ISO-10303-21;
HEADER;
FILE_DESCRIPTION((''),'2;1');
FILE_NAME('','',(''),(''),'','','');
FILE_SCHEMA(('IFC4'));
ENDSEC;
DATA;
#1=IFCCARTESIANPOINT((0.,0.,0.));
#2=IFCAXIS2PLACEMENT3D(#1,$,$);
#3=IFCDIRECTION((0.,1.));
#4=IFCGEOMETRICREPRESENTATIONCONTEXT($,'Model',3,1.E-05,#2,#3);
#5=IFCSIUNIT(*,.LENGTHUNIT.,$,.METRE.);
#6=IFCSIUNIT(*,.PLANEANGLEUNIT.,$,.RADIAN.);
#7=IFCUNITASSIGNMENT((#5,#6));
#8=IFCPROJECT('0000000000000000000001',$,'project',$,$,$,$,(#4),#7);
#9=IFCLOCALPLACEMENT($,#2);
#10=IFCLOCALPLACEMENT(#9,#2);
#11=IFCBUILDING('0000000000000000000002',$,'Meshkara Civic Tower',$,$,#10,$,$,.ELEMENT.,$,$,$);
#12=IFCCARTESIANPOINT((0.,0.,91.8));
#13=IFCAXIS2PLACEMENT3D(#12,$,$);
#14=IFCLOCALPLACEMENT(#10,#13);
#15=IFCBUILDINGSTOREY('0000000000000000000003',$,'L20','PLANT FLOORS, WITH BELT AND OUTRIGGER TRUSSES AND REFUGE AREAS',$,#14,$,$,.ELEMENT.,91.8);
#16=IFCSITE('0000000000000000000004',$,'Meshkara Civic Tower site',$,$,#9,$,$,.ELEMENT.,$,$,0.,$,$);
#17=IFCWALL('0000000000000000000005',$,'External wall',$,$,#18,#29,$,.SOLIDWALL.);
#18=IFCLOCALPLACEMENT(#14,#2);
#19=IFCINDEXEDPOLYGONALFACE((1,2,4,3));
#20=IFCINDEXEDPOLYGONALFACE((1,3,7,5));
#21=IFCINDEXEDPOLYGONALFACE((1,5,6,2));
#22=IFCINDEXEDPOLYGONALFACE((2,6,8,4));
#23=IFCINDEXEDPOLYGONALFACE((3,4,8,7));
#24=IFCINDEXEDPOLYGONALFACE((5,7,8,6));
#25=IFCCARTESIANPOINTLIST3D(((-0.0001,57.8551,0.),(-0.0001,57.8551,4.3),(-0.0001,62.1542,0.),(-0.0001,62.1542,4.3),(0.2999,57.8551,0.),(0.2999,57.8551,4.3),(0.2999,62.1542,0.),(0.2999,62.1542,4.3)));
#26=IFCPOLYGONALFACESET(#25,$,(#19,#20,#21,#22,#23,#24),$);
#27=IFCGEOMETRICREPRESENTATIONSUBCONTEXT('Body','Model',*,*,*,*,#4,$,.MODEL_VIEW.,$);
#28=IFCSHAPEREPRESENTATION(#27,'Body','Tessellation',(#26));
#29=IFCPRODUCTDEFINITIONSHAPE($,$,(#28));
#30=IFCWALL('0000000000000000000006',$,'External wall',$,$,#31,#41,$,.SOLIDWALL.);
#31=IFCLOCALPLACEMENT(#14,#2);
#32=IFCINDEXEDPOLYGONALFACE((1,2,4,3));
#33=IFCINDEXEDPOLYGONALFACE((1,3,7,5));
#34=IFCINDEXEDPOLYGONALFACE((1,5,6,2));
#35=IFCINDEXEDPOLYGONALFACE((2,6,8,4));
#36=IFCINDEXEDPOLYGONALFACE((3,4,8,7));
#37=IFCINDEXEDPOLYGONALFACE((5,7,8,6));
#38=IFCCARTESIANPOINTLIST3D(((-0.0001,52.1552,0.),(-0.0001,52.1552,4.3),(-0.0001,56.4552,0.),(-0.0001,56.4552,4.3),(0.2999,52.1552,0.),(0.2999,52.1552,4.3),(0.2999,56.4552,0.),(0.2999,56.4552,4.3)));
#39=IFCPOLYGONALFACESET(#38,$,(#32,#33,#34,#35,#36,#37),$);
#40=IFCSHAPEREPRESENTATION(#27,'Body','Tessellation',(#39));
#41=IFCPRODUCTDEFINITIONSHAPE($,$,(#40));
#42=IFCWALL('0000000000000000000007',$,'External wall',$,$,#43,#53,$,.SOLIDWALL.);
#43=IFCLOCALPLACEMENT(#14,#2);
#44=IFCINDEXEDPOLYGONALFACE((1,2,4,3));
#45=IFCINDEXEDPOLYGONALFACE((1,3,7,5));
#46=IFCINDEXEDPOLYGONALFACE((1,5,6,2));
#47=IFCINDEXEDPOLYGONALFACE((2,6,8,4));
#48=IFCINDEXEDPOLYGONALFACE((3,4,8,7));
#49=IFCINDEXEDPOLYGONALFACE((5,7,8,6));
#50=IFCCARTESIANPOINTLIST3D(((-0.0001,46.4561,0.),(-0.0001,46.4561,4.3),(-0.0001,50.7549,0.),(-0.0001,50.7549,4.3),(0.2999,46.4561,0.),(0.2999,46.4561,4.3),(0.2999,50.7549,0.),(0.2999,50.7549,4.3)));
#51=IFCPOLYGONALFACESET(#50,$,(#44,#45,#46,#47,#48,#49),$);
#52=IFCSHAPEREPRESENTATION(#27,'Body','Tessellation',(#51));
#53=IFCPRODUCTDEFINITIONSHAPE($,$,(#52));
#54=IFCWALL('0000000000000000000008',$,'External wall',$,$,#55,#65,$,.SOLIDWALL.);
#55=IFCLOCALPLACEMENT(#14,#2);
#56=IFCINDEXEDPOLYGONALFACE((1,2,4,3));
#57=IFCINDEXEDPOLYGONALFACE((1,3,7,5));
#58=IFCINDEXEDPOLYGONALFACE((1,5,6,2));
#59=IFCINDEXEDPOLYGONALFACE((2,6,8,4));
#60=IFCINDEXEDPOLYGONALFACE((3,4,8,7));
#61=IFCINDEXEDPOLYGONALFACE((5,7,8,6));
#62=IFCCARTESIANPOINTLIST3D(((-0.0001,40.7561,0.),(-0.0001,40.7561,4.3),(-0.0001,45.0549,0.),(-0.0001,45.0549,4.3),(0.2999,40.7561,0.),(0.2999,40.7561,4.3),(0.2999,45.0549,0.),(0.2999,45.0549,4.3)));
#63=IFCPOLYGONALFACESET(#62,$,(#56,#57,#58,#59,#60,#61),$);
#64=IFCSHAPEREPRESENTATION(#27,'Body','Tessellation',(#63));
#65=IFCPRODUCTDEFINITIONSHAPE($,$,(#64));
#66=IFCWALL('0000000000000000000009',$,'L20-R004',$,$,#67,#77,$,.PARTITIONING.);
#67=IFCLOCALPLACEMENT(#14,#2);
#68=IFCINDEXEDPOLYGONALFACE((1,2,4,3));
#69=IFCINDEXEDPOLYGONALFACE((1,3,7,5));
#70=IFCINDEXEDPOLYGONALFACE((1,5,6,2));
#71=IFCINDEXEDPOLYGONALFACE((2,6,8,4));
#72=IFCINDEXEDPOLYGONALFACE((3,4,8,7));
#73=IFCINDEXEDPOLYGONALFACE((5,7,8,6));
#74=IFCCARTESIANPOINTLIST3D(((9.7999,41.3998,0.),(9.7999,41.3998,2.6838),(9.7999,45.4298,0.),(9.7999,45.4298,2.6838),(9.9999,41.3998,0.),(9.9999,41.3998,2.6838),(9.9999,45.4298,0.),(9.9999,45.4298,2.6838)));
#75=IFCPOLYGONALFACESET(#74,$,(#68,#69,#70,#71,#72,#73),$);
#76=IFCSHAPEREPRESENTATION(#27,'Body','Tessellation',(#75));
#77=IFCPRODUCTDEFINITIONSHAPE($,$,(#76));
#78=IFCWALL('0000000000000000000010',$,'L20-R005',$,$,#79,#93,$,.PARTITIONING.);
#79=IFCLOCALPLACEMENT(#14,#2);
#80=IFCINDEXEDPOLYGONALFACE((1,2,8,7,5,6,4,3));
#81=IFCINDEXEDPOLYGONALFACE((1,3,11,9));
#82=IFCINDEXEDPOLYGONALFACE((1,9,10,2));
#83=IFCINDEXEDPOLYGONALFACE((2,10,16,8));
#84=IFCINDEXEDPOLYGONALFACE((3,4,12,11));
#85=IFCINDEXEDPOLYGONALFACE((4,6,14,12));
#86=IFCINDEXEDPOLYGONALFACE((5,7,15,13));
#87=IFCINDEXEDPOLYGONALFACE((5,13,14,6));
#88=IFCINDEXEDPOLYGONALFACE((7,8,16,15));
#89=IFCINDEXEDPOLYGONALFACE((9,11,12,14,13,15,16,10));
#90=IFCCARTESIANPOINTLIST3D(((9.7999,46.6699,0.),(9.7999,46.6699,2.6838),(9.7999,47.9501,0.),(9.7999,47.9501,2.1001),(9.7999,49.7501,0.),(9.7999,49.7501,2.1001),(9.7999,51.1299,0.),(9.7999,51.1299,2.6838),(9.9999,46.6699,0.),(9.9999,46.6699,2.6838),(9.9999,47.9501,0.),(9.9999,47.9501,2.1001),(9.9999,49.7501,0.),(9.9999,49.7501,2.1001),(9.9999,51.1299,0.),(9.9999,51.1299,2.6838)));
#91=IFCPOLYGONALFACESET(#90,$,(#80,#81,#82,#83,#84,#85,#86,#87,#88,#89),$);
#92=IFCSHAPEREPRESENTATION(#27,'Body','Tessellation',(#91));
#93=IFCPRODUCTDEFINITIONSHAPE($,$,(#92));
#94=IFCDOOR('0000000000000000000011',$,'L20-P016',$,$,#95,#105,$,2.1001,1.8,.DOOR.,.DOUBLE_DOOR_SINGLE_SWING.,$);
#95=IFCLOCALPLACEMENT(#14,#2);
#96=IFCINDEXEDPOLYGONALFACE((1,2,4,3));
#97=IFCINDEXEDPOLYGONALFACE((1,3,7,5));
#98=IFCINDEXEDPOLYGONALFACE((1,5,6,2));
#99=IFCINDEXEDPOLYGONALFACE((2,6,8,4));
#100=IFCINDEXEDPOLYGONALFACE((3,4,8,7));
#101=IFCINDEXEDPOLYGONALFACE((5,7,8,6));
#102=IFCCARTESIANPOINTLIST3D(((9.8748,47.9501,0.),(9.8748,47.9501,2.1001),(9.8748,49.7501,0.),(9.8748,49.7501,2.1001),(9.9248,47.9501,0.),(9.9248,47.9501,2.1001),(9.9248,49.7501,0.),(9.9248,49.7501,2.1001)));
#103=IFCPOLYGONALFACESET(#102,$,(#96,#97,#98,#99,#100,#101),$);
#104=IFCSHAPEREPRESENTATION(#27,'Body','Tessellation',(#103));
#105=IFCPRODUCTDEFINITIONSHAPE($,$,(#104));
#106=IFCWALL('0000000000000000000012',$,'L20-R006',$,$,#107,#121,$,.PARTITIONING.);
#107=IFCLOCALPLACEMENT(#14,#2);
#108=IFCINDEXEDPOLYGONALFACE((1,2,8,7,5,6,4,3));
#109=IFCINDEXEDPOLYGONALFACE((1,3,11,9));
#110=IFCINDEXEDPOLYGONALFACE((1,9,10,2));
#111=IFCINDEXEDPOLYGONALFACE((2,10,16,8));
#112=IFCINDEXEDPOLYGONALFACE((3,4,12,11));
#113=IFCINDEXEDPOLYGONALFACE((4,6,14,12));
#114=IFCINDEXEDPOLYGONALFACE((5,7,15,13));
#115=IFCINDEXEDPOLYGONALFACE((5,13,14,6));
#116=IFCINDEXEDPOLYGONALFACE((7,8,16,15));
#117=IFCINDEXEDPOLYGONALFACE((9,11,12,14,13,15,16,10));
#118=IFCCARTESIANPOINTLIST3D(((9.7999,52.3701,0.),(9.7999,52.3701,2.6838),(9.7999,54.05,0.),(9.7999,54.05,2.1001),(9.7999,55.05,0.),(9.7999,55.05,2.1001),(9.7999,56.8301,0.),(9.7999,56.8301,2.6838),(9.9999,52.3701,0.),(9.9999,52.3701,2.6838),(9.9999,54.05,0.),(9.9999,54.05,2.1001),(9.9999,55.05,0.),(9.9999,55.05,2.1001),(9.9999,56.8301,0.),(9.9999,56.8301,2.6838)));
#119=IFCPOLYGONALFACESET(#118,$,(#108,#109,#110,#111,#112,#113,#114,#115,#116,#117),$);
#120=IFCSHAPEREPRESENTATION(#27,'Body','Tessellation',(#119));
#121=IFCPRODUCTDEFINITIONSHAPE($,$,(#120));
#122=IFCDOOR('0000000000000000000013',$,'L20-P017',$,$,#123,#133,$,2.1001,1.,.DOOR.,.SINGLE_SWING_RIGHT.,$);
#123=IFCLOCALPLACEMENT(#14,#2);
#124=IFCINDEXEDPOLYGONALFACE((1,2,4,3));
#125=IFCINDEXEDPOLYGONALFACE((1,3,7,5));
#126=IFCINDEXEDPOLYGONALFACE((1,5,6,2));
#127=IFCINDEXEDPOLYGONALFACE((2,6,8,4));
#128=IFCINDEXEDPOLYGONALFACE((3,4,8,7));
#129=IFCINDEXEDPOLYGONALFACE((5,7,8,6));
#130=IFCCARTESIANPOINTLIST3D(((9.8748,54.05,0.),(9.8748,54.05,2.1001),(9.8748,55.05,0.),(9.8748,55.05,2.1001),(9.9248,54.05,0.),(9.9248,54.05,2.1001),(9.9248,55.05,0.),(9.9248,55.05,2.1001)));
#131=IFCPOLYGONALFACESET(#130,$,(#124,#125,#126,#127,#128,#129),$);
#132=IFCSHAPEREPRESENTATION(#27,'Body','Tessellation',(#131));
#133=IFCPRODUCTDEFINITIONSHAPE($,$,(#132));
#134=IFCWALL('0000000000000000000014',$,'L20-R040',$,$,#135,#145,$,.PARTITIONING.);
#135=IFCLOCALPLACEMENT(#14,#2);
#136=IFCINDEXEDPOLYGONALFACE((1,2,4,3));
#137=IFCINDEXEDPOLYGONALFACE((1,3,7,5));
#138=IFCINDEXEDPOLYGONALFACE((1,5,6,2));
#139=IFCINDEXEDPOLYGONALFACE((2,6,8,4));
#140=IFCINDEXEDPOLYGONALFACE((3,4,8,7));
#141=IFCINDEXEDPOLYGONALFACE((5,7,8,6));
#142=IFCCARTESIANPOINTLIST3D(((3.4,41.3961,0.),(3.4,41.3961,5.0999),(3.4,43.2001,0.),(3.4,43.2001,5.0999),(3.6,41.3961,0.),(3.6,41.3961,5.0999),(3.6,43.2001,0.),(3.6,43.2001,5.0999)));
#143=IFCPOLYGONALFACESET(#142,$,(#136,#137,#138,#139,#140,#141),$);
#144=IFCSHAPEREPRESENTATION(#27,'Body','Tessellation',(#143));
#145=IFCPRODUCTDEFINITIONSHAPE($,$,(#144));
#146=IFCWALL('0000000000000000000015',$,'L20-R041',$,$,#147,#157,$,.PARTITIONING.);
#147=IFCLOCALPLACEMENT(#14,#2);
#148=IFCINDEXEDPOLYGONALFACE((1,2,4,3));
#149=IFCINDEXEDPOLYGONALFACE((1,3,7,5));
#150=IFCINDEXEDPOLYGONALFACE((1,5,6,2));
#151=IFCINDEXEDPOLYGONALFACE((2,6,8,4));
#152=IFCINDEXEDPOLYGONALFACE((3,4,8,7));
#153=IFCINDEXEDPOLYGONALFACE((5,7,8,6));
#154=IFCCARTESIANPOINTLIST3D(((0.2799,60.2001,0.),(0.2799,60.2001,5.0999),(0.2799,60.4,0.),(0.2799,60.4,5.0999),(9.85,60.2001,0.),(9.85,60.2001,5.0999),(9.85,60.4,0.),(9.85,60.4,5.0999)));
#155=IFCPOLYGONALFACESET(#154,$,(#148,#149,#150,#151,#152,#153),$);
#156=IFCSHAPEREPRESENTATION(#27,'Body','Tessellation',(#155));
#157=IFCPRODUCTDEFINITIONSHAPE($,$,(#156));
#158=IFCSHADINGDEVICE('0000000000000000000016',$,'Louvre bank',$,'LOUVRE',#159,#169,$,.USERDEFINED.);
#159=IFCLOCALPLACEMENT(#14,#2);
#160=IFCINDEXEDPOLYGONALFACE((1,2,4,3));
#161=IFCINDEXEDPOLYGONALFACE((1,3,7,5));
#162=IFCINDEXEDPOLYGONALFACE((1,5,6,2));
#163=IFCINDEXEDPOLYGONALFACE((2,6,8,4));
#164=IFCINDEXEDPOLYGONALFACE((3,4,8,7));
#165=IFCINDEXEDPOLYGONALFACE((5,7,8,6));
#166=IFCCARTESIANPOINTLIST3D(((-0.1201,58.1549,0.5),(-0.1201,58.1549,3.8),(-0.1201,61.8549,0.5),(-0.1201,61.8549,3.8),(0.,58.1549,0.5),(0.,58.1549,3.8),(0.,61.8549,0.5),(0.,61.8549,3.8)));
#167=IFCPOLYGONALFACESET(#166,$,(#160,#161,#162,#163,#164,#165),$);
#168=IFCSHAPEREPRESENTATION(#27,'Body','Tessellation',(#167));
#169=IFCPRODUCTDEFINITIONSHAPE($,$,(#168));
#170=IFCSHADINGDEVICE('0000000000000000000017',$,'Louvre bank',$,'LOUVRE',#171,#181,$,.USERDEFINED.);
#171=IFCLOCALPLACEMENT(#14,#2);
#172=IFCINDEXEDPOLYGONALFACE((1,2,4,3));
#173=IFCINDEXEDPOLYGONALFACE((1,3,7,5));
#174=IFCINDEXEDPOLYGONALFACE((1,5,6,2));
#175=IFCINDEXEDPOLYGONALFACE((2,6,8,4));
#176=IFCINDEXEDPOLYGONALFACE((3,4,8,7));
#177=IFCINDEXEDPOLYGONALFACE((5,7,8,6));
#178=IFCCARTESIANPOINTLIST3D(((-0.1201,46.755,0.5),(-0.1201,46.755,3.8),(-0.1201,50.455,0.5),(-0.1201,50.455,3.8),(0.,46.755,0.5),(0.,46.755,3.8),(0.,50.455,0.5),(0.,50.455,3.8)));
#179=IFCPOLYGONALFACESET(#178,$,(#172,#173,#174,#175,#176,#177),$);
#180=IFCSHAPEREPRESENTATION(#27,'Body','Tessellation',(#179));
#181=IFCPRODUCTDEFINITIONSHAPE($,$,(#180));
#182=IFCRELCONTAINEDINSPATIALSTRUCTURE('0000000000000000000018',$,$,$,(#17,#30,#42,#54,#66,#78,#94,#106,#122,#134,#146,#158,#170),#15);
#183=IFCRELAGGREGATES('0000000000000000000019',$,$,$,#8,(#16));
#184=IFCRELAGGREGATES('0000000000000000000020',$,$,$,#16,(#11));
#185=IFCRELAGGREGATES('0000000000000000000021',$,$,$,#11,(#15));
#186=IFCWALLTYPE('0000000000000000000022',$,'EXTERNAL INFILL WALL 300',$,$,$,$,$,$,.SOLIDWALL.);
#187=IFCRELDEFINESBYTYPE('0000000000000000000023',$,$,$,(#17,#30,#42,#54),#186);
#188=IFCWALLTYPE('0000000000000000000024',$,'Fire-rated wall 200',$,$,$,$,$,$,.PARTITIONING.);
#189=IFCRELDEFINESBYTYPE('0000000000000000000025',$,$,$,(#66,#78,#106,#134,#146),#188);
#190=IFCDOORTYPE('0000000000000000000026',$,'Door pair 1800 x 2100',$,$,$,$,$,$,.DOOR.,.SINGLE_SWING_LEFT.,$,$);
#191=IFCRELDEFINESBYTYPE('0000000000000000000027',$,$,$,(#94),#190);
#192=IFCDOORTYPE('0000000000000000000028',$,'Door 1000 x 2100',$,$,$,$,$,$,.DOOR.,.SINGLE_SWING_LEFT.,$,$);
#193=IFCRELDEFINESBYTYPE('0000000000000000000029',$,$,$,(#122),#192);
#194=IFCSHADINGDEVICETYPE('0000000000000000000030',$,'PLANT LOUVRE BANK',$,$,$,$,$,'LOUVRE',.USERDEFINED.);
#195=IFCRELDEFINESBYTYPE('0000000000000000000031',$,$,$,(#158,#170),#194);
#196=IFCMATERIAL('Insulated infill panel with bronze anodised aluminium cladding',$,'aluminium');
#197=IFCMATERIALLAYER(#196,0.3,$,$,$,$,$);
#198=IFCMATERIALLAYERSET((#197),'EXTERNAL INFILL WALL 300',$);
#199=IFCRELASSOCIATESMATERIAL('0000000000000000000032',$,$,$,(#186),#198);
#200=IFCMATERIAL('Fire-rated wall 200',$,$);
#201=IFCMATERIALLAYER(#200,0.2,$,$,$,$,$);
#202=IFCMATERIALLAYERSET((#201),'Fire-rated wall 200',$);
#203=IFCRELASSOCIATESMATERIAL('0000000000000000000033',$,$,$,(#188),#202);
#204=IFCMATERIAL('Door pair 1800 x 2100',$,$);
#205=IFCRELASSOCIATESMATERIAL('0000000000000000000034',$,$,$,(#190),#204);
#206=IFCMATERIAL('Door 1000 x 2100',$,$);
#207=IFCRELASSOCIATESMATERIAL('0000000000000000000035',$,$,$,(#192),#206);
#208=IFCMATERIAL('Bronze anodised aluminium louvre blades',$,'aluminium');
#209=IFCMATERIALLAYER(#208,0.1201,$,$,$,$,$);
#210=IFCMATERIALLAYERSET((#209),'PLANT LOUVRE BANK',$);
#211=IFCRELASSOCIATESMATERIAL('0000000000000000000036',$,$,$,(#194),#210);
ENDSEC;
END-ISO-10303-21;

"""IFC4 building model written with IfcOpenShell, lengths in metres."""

from ifc_helpers import new_model, si_unit, direction, frame, frame_2d, origin, origin_2d, place, context, subcontext, project, spatial, rectangle, extrude, material, layer, layer_set, type_object, element, fill, save


model = new_model("IFC4")

# Units and contexts
model_context = context("Model", 3, precision=1e-05, world=origin(), true_north=direction((0.0, 1.0)))
body_context = subcontext(model_context, "Body", "Model", "MODEL_VIEW")
ifc_project = project(units=[si_unit("LENGTHUNIT", "METRE"), si_unit("PLANEANGLEUNIT", "RADIAN")], contexts=[model_context])

# Site, building, storey
site_placement = place(None, origin())
site = spatial("IfcSite", under=ifc_project, at=site_placement, Name="Meshkara Civic Tower site", CompositionType="ELEMENT", RefElevation=0.0)
building_placement = place(site_placement, origin())
building = spatial("IfcBuilding", under=site, at=building_placement, Name="Meshkara Civic Tower", CompositionType="ELEMENT")
storey_placement = place(building_placement, frame((0.0, 0.0, 91.8)))
storey = spatial("IfcBuildingStorey", under=building, at=storey_placement, Name="L20", Description="PLANT FLOORS, WITH BELT AND OUTRIGGER TRUSSES AND REFUGE AREAS", CompositionType="ELEMENT", Elevation=91.8)

# Walls
ifc_material_1 = material(Name="Insulated infill panel with bronze anodised aluminium cladding", Category="aluminium")
ifc_layer_1 = layer(ifc_material_1, 0.3)
ifc_layer_set_1 = layer_set([ifc_layer_1], Name="EXTERNAL INFILL WALL 300")
wall_type_1 = type_object("IfcWallType", Name="EXTERNAL INFILL WALL 300", PredefinedType="SOLIDWALL", material=ifc_layer_set_1)
wall_1_placement = place(storey_placement, frame((0.1499, 62.1541, 0.0), z_axis=(0.0, 0.0, 1.0), x_axis=(0.0, -1.0, 0.0)))
element("IfcWall", 1, at=wall_1_placement, inside=storey, type_object=wall_type_1, Name="External wall", PredefinedType="SOLIDWALL", context=body_context, shape_type="SweptSolid", body=[
    extrude(rectangle(XDim=4.2991, YDim=0.3, at=frame_2d((2.1494, 0.0))), origin(), (0.0, 0.0, 1.0), 4.3),
])
wall_2_placement = place(storey_placement, frame((0.1499, 56.4551, 0.0), z_axis=(0.0, 0.0, 1.0), x_axis=(0.0, -1.0, 0.0)))
element("IfcWall", 2, at=wall_2_placement, inside=storey, type_object=wall_type_1, Name="External wall", PredefinedType="SOLIDWALL", context=body_context, shape_type="SweptSolid", body=[
    extrude(rectangle(XDim=4.3, YDim=0.3, at=frame_2d((2.1499, 0.0))), origin(), (0.0, 0.0, 1.0), 4.3),
])
for number, where, z_axis, x_axis, name in (
    (3, (0.1499, 50.7549, 0.0), (0.0, 0.0, 1.0), (0.0, -1.0, 0.0), "External wall"),
    (4, (0.1499, 45.0549, 0.0), (0.0, 0.0, 1.0), (0.0, -1.0, 0.0), "External wall"),
):
    element("IfcWall", number, at=place(storey_placement, frame(where, z_axis=z_axis, x_axis=x_axis)), inside=storey, type_object=wall_type_1, Name=name, PredefinedType="SOLIDWALL", context=body_context, shape_type="SweptSolid", body=[
        extrude(rectangle(XDim=4.2988, YDim=0.3, at=frame_2d((2.1494, 0.0))), origin(), (0.0, 0.0, 1.0), 4.3),
    ])
ifc_material_2 = material(Name="Fire-rated wall 200")
ifc_layer_2 = layer(ifc_material_2, 0.2)
ifc_layer_set_2 = layer_set([ifc_layer_2], Name="Fire-rated wall 200")
wall_type_2 = type_object("IfcWallType", Name="Fire-rated wall 200", PredefinedType="PARTITIONING", material=ifc_layer_set_2)
wall_3_placement = place(storey_placement, frame((9.8999, 45.4299, 0.0), z_axis=(0.0, 0.0, 1.0), x_axis=(0.0, -1.0, 0.0)))
element("IfcWall", 5, at=wall_3_placement, inside=storey, type_object=wall_type_2, Name="L20-R004", PredefinedType="PARTITIONING", context=body_context, shape_type="SweptSolid", body=[
    extrude(rectangle(XDim=4.03, YDim=0.2, at=frame_2d((2.0151, 0.0))), origin(), (0.0, 0.0, 1.0), 2.6838),
])

# Walls, openings, doors
wall_4_placement = place(storey_placement, frame((9.8999, 51.1299, 0.0), z_axis=(0.0, 0.0, 1.0), x_axis=(0.0, -1.0, 0.0)))
wall_4 = element("IfcWall", 6, at=wall_4_placement, inside=storey, type_object=wall_type_2, Name="L20-R005", PredefinedType="PARTITIONING", context=body_context, shape_type="SweptSolid", body=[
    extrude(rectangle(XDim=4.46, YDim=0.2, at=frame_2d((2.23, 0.0))), origin(), (0.0, 0.0, 1.0), 2.6838),
])
opening_1_placement = place(wall_4_placement, frame((1.3799, 0.0, 0.0)))
opening_1 = element("IfcOpeningElement", 7, at=opening_1_placement, cuts=wall_4, PredefinedType="OPENING", context=body_context, shape_type="SweptSolid", body=[
    extrude(rectangle(XDim=1.8, YDim=2.1001, at=frame_2d((0.8999, 1.05))), frame((0.0, 0.1099, 0.0), z_axis=(0.0, -1.0, 0.0), x_axis=(1.0, 0.0, 0.0)), (0.0, 0.0, 1.0), 0.22),
])
ifc_material_3 = material(Name="Door pair 1800 x 2100")
door_type_1 = type_object("IfcDoorType", Name="Door pair 1800 x 2100", OperationType="SINGLE_SWING_LEFT", PredefinedType="DOOR", material=ifc_material_3)
door_1_placement = place(opening_1_placement, origin())
door_1 = element("IfcDoor", 8, at=door_1_placement, inside=storey, type_object=door_type_1, Name="L20-P016", OperationType="DOUBLE_DOOR_SINGLE_SWING", OverallHeight=2.1001, OverallWidth=1.8, PredefinedType="DOOR", context=body_context, shape_type="SweptSolid", body=[
    extrude(rectangle(XDim=1.8, YDim=2.1001, at=frame_2d((0.8999, 1.05))), frame((0.0, 0.0249, 0.0), z_axis=(0.0, -1.0, 0.0), x_axis=(1.0, 0.0, 0.0)), (0.0, 0.0, 1.0), 0.05),
])
fill(opening_1, door_1)
wall_5_placement = place(storey_placement, frame((9.8999, 56.8301, 0.0), z_axis=(0.0, 0.0, 1.0), x_axis=(0.0, -1.0, 0.0)))
wall_5 = element("IfcWall", 9, at=wall_5_placement, inside=storey, type_object=wall_type_2, Name="L20-R006", PredefinedType="PARTITIONING", context=body_context, shape_type="SweptSolid", body=[
    extrude(rectangle(XDim=4.46, YDim=0.2, at=frame_2d((2.23, 0.0))), origin(), (0.0, 0.0, 1.0), 2.6838),
])
opening_2_placement = place(wall_5_placement, frame((1.78, 0.0, 0.0)))
opening_2 = element("IfcOpeningElement", 10, at=opening_2_placement, cuts=wall_5, PredefinedType="OPENING", context=body_context, shape_type="SweptSolid", body=[
    extrude(rectangle(XDim=1.0, YDim=2.1001, at=frame_2d((0.5, 1.05))), frame((0.0, 0.1099, 0.0), z_axis=(0.0, -1.0, 0.0), x_axis=(1.0, 0.0, 0.0)), (0.0, 0.0, 1.0), 0.22),
])
ifc_material_4 = material(Name="Door 1000 x 2100")
door_type_2 = type_object("IfcDoorType", Name="Door 1000 x 2100", OperationType="SINGLE_SWING_LEFT", PredefinedType="DOOR", material=ifc_material_4)
door_2_placement = place(opening_2_placement, origin())
door_2 = element("IfcDoor", 11, at=door_2_placement, inside=storey, type_object=door_type_2, Name="L20-P017", OperationType="SINGLE_SWING_RIGHT", OverallHeight=2.1001, OverallWidth=1.0, PredefinedType="DOOR", context=body_context, shape_type="SweptSolid", body=[
    extrude(rectangle(XDim=1.0, YDim=2.1001, at=frame_2d((0.5, 1.05))), frame((0.0, 0.0249, 0.0), z_axis=(0.0, -1.0, 0.0), x_axis=(1.0, 0.0, 0.0)), (0.0, 0.0, 1.0), 0.05),
])
fill(opening_2, door_2)

# Walls
wall_6_placement = place(storey_placement, frame((3.5, 43.2, 0.0), z_axis=(0.0, 0.0, 1.0), x_axis=(0.0, -1.0, 0.0)))
element("IfcWall", 12, at=wall_6_placement, inside=storey, type_object=wall_type_2, Name="L20-R040", PredefinedType="PARTITIONING", context=body_context, shape_type="SweptSolid", body=[
    extrude(rectangle(XDim=1.804, YDim=0.2, at=frame_2d((0.9019, 0.0))), origin(), (0.0, 0.0, 1.0), 5.0999),
])
wall_7_placement = place(storey_placement, frame((9.8501, 60.3, 0.0), z_axis=(0.0, 0.0, 1.0), x_axis=(-1.0, 0.0, 0.0)))
element("IfcWall", 13, at=wall_7_placement, inside=storey, type_object=wall_type_2, Name="L20-R041", PredefinedType="PARTITIONING", context=body_context, shape_type="SweptSolid", body=[
    extrude(rectangle(XDim=9.5701, YDim=0.2, at=frame_2d((4.7852, 0.0))), origin(), (0.0, 0.0, 1.0), 5.0999),
])

# Shading devices
ifc_material_5 = material(Name="Bronze anodised aluminium louvre blades", Category="aluminium")
ifc_layer_3 = layer(ifc_material_5, 0.1201)
ifc_layer_set_3 = layer_set([ifc_layer_3], Name="PLANT LOUVRE BANK")
shading_device_type = type_object("IfcShadingDeviceType", Name="PLANT LOUVRE BANK", ElementType="LOUVRE", PredefinedType="USERDEFINED", material=ifc_layer_set_3)
for number, where, z_axis, x_axis, name in (
    (14, (-0.0601, 60.0049, 0.5), (0.0, 0.0, 1.0), (0.0, -1.0, 0.0), "Louvre bank"),
    (15, (-0.0601, 48.605, 0.5), (0.0, 0.0, 1.0), (0.0, -1.0, 0.0), "Louvre bank"),
):
    element("IfcShadingDevice", number, at=place(storey_placement, frame(where, z_axis=z_axis, x_axis=x_axis)), inside=storey, type_object=shading_device_type, Name=name, ObjectType="LOUVRE", PredefinedType="USERDEFINED", context=body_context, shape_type="SweptSolid", body=[
        extrude(rectangle(XDim=3.7, YDim=0.1201, at=origin_2d()), origin(), (0.0, 0.0, 1.0), 3.3),
    ])

save(model, "model.ifc")
